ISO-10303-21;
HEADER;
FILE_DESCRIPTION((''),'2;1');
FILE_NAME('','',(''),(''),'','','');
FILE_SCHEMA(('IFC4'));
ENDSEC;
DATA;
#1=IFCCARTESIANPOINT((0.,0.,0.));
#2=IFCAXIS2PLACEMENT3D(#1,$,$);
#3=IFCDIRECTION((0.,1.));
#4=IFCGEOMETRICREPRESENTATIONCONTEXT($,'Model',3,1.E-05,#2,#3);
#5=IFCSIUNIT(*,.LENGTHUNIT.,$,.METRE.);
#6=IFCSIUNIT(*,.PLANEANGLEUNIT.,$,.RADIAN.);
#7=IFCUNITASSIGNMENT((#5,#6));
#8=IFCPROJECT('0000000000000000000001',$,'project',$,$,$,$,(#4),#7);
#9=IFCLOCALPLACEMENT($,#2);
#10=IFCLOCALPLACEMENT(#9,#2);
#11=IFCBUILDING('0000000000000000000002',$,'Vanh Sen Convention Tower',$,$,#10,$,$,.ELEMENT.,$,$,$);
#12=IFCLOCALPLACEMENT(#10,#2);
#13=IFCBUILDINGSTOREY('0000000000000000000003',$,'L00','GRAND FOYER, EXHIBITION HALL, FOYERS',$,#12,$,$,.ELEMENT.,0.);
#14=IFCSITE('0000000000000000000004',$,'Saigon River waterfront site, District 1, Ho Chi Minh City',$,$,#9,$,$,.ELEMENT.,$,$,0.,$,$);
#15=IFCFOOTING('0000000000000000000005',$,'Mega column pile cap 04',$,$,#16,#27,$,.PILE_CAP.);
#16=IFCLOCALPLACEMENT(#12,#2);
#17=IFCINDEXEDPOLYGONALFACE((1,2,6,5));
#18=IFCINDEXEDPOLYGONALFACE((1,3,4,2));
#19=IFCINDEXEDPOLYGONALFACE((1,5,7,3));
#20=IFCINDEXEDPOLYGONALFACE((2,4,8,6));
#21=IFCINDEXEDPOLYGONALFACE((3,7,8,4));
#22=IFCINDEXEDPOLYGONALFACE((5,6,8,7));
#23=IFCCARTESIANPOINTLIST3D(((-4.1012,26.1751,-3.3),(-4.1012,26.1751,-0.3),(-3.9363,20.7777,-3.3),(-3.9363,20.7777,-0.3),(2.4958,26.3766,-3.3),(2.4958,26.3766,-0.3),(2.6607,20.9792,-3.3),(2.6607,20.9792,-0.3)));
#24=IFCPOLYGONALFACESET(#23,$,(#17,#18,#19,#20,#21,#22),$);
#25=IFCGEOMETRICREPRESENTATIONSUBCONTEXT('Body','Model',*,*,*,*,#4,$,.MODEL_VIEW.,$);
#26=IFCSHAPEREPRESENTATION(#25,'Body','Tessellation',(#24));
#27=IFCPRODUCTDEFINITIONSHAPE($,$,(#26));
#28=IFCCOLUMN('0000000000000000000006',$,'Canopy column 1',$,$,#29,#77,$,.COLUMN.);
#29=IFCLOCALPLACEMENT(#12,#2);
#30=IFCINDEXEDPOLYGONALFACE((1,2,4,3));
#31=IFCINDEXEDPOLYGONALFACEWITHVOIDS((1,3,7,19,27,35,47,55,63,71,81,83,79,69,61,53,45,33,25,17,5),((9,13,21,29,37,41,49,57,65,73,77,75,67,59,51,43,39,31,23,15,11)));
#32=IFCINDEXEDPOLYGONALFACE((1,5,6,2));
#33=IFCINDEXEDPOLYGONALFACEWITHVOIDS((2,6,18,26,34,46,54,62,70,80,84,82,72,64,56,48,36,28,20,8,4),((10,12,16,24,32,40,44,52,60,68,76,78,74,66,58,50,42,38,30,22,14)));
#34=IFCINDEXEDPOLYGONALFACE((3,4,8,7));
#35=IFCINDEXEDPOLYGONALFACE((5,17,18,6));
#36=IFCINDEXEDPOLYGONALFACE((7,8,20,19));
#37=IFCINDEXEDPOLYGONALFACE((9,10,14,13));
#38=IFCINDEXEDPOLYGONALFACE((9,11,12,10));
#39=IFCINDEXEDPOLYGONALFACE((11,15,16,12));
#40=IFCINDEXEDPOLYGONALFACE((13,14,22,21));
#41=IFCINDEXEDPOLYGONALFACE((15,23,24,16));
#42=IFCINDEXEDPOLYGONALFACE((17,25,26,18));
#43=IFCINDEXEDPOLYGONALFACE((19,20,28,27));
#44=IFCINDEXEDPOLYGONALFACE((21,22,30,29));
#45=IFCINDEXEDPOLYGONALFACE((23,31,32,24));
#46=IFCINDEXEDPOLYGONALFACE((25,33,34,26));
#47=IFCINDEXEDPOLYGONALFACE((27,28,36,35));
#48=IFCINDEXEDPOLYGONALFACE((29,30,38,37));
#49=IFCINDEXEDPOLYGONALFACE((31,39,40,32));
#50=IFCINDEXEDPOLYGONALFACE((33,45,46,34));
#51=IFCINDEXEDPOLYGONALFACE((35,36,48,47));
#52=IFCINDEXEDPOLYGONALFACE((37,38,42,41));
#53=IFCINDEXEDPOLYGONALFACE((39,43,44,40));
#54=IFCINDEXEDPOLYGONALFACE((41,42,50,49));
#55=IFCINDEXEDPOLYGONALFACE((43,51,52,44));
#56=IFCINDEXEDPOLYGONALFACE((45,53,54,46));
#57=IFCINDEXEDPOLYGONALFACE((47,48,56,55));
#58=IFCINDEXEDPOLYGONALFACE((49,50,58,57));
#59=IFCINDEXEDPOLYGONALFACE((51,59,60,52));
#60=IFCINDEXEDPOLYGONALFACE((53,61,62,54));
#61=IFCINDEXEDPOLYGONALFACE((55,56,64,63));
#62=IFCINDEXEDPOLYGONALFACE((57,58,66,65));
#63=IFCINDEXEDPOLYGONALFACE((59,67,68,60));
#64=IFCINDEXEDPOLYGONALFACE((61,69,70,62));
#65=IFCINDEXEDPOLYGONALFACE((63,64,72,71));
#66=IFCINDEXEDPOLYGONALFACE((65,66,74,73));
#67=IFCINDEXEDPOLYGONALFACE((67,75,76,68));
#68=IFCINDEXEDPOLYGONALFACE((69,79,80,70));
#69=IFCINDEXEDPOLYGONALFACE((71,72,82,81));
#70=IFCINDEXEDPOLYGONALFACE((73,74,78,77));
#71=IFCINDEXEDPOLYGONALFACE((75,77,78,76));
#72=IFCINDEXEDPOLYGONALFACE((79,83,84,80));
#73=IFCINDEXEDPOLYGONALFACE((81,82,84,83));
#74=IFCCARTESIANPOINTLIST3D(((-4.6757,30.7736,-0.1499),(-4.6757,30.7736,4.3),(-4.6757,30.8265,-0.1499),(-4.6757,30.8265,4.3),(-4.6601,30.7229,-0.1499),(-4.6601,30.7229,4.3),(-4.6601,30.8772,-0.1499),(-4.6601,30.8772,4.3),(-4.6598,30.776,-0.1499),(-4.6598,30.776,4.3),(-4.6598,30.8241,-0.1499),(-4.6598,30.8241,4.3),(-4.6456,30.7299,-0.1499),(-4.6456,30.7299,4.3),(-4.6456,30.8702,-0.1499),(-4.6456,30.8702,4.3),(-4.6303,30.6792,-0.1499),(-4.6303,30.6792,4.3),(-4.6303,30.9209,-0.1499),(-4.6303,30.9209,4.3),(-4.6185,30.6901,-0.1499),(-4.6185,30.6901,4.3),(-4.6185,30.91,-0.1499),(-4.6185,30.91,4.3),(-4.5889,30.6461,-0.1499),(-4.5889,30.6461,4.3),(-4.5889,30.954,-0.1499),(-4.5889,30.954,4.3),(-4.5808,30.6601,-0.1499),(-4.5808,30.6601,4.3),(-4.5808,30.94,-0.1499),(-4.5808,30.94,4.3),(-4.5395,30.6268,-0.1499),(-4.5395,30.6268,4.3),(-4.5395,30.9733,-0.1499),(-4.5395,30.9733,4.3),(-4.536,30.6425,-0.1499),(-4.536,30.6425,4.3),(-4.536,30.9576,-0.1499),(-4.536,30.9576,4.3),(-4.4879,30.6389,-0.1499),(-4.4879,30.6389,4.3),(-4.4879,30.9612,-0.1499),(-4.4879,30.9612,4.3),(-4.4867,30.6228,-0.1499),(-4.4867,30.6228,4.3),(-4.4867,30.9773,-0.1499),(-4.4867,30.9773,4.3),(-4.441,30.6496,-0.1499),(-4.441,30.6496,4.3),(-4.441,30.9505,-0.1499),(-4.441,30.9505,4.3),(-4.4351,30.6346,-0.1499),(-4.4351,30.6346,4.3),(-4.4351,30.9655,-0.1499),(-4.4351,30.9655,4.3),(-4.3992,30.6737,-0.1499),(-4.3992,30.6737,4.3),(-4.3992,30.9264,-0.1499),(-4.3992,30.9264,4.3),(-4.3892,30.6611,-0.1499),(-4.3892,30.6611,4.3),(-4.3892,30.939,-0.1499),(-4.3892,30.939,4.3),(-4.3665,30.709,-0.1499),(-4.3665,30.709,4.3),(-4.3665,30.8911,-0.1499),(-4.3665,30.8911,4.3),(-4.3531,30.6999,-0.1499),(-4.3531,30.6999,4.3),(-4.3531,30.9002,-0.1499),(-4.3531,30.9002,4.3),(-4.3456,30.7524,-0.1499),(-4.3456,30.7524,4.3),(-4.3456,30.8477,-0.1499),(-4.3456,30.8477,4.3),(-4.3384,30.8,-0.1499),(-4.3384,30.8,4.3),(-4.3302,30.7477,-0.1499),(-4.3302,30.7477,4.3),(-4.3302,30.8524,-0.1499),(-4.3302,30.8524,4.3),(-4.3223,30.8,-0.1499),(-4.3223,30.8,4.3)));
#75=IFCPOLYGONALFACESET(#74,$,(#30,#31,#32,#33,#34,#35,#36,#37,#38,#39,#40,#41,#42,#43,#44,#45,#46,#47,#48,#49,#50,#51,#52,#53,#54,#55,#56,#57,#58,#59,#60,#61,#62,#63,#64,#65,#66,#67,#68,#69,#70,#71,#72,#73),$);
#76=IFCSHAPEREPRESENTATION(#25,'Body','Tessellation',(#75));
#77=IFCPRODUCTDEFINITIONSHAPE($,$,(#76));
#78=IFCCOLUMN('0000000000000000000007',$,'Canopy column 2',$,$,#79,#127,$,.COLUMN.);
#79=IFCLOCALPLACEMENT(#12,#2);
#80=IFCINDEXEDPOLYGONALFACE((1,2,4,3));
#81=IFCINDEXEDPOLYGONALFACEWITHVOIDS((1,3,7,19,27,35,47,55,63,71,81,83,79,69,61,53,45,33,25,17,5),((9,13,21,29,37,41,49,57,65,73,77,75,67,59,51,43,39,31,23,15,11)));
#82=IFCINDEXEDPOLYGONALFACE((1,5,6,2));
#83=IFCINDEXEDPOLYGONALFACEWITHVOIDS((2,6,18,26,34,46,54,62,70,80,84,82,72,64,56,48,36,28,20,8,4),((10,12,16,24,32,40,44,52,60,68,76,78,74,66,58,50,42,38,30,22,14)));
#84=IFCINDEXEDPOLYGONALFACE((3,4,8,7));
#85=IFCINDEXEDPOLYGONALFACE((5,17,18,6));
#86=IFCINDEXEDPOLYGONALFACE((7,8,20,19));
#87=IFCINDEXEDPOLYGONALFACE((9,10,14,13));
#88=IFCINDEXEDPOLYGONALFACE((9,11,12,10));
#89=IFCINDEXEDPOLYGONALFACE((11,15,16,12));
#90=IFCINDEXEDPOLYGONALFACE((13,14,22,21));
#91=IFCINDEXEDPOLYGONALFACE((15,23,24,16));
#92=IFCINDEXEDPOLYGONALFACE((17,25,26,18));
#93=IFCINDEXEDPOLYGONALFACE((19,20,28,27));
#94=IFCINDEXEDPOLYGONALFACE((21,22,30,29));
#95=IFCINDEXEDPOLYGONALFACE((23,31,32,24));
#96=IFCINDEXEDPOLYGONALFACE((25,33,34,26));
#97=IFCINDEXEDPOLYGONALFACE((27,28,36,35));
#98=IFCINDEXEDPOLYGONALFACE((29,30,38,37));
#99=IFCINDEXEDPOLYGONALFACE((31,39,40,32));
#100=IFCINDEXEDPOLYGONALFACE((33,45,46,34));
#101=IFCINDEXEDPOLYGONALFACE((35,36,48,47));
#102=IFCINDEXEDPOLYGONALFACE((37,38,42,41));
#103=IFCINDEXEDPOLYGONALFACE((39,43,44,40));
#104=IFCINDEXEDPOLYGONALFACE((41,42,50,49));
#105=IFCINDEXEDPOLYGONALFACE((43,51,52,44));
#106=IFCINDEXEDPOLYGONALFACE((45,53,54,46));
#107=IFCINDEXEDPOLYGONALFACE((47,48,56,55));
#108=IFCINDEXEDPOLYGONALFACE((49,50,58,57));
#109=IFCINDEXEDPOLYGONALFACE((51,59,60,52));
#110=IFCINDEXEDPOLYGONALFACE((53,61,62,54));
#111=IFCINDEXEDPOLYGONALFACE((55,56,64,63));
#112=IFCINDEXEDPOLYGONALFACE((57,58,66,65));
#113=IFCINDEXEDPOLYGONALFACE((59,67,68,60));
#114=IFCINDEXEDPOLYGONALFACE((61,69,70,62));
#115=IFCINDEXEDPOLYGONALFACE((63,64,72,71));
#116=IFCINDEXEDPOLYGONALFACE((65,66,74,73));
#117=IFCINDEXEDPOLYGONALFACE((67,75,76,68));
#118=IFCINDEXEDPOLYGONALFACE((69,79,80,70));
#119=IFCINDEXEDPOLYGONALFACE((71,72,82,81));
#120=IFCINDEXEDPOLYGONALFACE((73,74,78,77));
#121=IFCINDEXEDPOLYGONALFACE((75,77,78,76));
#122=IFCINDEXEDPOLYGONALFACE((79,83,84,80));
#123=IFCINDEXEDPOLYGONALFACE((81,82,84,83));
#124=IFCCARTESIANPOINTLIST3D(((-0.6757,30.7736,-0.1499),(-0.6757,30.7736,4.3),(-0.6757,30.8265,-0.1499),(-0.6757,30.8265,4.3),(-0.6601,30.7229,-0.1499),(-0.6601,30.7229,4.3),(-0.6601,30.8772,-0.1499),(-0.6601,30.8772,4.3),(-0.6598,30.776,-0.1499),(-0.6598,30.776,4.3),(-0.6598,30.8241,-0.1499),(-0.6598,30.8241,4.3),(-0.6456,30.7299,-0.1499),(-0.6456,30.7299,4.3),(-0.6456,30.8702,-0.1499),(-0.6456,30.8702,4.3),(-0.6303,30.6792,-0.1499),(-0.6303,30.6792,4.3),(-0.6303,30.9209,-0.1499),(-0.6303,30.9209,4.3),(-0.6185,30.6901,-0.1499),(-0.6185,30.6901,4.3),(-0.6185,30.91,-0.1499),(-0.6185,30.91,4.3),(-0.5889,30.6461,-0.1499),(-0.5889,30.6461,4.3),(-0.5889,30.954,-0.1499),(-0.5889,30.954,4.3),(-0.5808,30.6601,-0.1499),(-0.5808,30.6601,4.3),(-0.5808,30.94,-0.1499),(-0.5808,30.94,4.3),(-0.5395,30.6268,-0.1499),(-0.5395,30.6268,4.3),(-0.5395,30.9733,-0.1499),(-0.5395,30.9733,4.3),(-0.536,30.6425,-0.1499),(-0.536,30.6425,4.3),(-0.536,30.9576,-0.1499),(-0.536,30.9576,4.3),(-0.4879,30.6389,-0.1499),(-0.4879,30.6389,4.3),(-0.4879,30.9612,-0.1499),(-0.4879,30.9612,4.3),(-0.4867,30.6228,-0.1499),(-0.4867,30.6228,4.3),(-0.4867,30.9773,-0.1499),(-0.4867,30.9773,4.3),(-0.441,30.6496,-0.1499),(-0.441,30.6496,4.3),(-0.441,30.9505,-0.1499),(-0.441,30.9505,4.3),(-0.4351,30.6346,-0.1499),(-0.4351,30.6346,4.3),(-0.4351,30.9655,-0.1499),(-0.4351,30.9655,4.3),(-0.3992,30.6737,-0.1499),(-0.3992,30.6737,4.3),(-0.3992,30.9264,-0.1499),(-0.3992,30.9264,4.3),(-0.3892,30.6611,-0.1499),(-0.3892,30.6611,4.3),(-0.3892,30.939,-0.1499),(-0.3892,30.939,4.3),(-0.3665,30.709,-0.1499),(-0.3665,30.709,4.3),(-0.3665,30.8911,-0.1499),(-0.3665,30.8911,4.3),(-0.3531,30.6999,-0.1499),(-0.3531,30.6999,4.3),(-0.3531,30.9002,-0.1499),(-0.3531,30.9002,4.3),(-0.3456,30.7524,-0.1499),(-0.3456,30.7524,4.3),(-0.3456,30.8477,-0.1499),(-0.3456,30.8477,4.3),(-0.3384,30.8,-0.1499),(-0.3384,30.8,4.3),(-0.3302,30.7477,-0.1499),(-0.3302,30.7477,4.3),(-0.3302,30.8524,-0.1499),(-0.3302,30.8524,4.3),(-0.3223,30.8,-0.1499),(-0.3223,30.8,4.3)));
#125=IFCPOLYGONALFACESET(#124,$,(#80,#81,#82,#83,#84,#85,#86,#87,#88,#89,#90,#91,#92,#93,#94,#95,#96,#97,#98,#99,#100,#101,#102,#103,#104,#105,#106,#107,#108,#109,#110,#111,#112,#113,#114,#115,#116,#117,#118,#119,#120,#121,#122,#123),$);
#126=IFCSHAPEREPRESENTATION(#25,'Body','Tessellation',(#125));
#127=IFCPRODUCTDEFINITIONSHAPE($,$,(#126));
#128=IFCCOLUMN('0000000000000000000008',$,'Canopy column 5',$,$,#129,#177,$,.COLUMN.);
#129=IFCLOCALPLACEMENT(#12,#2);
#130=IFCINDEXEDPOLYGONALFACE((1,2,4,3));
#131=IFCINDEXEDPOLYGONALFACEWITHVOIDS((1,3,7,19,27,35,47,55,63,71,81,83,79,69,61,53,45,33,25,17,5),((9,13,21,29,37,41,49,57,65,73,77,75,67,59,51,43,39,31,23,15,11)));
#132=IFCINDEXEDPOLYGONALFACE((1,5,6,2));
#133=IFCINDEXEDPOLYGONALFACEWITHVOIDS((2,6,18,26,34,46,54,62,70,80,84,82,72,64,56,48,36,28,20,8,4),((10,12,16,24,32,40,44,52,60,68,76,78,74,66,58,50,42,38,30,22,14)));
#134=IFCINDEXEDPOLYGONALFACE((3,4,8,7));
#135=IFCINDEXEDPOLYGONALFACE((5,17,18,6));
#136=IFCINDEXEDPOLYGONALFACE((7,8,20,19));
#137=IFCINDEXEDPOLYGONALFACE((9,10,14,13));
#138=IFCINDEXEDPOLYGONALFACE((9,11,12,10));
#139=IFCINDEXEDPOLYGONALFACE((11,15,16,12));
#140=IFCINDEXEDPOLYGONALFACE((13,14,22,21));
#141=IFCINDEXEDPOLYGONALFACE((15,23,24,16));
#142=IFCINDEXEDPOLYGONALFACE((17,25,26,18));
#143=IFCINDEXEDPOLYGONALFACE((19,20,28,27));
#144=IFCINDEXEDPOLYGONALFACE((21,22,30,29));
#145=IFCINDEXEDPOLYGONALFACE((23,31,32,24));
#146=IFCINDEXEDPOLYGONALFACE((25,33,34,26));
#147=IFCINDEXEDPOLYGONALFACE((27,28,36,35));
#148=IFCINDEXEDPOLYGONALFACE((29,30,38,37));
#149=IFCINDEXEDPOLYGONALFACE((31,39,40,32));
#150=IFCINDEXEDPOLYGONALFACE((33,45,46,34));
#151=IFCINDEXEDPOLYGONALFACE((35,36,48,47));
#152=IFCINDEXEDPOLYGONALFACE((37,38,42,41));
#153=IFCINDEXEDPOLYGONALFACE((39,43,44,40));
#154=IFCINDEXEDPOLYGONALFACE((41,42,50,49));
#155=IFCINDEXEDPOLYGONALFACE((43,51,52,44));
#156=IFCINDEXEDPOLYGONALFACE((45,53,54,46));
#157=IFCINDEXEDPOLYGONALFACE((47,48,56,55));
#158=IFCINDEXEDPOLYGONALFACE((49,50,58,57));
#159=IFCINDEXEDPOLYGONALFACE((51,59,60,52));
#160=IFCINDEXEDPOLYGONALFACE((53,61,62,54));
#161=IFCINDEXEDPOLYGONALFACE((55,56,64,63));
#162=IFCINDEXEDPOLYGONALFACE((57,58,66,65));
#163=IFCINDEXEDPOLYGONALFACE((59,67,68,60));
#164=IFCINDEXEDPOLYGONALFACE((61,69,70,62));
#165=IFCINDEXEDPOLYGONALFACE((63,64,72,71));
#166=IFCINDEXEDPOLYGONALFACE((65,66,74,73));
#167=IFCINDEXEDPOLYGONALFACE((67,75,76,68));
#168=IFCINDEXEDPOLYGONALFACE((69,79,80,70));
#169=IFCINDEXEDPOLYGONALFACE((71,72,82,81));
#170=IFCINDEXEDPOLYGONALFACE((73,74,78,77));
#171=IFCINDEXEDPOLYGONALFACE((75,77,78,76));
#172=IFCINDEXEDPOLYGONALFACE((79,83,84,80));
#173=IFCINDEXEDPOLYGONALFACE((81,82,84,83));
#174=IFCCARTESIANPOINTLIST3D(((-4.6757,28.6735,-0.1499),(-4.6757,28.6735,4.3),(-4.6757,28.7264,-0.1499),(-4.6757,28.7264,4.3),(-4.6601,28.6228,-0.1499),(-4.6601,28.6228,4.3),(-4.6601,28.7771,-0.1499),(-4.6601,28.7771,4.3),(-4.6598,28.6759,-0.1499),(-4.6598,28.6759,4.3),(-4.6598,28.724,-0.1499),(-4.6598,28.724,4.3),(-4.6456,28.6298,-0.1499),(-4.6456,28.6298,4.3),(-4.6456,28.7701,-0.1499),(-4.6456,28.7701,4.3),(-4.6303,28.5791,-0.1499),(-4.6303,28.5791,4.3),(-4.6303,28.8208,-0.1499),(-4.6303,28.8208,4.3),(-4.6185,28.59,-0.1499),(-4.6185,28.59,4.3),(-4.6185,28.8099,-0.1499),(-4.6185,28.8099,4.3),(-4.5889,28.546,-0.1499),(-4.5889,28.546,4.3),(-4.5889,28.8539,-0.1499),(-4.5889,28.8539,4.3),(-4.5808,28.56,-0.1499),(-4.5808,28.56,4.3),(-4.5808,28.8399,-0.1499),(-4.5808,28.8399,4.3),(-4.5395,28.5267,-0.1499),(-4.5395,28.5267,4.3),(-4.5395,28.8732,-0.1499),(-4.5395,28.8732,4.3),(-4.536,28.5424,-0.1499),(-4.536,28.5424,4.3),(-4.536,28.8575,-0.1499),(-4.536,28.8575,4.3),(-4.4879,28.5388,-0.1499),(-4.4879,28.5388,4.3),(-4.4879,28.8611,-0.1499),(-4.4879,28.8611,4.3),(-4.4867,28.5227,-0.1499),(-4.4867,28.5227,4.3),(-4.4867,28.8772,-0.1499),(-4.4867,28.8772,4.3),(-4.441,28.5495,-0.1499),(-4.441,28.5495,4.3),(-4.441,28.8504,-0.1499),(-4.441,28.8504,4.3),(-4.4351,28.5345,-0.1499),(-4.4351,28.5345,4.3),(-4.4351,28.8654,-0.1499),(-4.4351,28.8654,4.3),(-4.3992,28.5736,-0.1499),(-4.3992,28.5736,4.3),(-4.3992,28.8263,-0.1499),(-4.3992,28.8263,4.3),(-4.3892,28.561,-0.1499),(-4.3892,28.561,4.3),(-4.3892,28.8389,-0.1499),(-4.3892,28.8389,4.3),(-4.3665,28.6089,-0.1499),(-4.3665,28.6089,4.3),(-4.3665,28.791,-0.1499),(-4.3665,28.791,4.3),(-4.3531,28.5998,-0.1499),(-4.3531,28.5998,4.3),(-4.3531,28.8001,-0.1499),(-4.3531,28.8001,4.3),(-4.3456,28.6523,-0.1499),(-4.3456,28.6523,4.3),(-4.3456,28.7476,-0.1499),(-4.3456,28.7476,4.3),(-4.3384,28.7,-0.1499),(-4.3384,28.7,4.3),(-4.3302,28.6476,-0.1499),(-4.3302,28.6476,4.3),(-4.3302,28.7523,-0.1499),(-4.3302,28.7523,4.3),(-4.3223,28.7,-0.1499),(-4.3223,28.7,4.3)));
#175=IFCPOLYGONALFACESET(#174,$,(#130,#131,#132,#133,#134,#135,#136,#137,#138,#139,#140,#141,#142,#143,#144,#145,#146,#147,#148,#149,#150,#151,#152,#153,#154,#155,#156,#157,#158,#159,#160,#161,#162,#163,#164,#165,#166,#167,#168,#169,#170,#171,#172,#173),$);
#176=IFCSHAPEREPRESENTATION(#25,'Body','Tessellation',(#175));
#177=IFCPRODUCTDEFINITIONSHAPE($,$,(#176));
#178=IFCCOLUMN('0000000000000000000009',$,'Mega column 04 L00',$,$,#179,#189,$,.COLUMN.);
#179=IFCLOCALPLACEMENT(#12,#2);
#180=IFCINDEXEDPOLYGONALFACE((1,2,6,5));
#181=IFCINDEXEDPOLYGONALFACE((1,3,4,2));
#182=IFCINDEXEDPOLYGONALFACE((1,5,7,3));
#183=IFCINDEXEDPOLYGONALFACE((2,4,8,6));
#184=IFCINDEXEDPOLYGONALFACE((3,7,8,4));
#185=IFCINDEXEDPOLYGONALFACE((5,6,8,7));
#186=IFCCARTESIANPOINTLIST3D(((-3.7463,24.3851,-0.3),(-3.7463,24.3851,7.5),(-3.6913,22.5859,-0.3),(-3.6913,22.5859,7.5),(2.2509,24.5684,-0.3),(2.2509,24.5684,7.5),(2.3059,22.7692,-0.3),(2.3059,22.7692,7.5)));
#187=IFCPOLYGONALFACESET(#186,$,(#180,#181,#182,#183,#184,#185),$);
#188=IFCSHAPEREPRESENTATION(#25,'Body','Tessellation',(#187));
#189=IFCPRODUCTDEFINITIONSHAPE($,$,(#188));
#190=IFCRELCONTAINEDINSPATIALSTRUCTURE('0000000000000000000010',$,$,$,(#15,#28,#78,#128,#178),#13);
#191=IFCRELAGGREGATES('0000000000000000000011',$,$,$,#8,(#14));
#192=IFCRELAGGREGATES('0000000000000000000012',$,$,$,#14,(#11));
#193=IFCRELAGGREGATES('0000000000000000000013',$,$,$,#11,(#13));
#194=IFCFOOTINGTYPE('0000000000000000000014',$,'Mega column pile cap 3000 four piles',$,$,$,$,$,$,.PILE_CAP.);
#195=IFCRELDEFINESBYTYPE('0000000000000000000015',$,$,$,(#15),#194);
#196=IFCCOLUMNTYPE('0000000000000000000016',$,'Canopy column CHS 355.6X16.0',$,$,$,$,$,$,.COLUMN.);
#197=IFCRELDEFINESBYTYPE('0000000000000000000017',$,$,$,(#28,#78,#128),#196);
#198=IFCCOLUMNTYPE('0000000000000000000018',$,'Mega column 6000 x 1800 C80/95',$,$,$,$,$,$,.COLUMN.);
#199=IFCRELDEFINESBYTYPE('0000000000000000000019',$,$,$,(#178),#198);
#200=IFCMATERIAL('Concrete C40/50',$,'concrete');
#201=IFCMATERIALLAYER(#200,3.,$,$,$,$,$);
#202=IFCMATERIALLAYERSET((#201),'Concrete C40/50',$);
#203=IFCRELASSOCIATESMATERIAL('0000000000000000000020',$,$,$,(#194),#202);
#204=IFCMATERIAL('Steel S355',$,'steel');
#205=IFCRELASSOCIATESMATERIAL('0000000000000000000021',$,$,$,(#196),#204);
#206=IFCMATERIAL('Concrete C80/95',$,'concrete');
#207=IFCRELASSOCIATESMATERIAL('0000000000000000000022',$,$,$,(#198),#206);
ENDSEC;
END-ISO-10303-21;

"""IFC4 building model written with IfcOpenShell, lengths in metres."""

from ifc_helpers import new_model, si_unit, direction, frame, origin, origin_2d, place, context, subcontext, project, spatial, rectangle, hollow_circle, extrude, material, layer, layer_set, material_profile, profile_set, type_object, element, save


model = new_model("IFC4")

# Units and contexts
model_context = context("Model", 3, precision=1e-05, world=origin(), true_north=direction((0.0, 1.0)))
body_context = subcontext(model_context, "Body", "Model", "MODEL_VIEW")
ifc_project = project(units=[si_unit("LENGTHUNIT", "METRE"), si_unit("PLANEANGLEUNIT", "RADIAN")], contexts=[model_context])

# Site, building, storey
site_placement = place(None, origin())
site = spatial("IfcSite", under=ifc_project, at=site_placement, Name="Saigon River waterfront site, District 1, Ho Chi Minh City", CompositionType="ELEMENT", RefElevation=0.0)
building_placement = place(site_placement, origin())
building = spatial("IfcBuilding", under=site, at=building_placement, Name="Vanh Sen Convention Tower", CompositionType="ELEMENT")
storey_placement = place(building_placement, origin())
storey = spatial("IfcBuildingStorey", under=building, at=storey_placement, Name="L00", Description="GRAND FOYER, EXHIBITION HALL, FOYERS", CompositionType="ELEMENT", Elevation=0.0)

# Shared definitions
ifc_material_1 = material(Name="Concrete C40/50", Category="concrete")

# Footing
ifc_layer_1 = layer(ifc_material_1, 3.0)
ifc_layer_set_1 = layer_set([ifc_layer_1], Name="Concrete C40/50")
footing_type_1 = type_object("IfcFootingType", Name="Mega column pile cap 3000 four piles", PredefinedType="PILE_CAP", material=ifc_layer_set_1)
footing_placement = place(storey_placement, frame((-0.7202, 23.5771, -3.3), z_axis=(0.0, 0.0, 1.0), x_axis=(-0.999534, -0.030537, 0.0)))
element("IfcFooting", 1, at=footing_placement, inside=storey, type_object=footing_type_1, Name="Mega column pile cap 04", PredefinedType="PILE_CAP", context=body_context, shape_type="SweptSolid", body=[
    extrude(rectangle(XDim=6.6001, YDim=5.3999, at=origin_2d()), origin(), (0.0, 0.0, 1.0), 3.0),
])

# Columns
ifc_material_2 = material(Name="Steel S355", Category="steel")
ifc_material_profile_1 = material_profile(ifc_material_2, hollow_circle(Radius=0.1777, WallThickness=0.0161, at=origin_2d()), Name="CHS 355.6X16.0")
ifc_profile_set_1 = profile_set([ifc_material_profile_1], Name="Steel S355")
column_type_1 = type_object("IfcColumnType", Name="Canopy column CHS 355.6X16.0", PredefinedType="COLUMN", material=ifc_profile_set_1)
for number, where, z_axis, x_axis, name in (
    (2, (-4.5, 30.8, -0.1499), (0.0, 0.0, 1.0), (1.0, 0.0, 0.0), "Canopy column 1"),
    (3, (-0.5, 30.8, -0.1499), (0.0, 0.0, 1.0), (1.0, 0.0, 0.0), "Canopy column 2"),
    (4, (-4.5, 28.7, -0.1499), (0.0, 0.0, 1.0), (1.0, 0.0, 0.0), "Canopy column 5"),
):
    element("IfcColumn", number, at=place(storey_placement, frame(where, z_axis=z_axis, x_axis=x_axis)), inside=storey, type_object=column_type_1, Name=name, PredefinedType="COLUMN", context=body_context, shape_type="SweptSolid", body=[
        extrude(hollow_circle(Radius=0.1777, WallThickness=0.0161, at=origin_2d()), origin(), (0.0, 0.0, 1.0), 4.45),
    ])
ifc_material_3 = material(Name="Concrete C80/95", Category="concrete")
ifc_material_profile_2 = material_profile(ifc_material_3, rectangle(XDim=6.0, YDim=1.8, at=origin_2d()), Name="RC 6000X1800")
ifc_profile_set_2 = profile_set([ifc_material_profile_2], Name="Concrete C80/95")
column_type_2 = type_object("IfcColumnType", Name="Mega column 6000 x 1800 C80/95", PredefinedType="COLUMN", material=ifc_profile_set_2)
column_placement = place(storey_placement, frame((-0.7202, 23.5771, -0.3), z_axis=(0.0, 0.0, 1.0), x_axis=(-0.999534, -0.030537, 0.0)))
element("IfcColumn", 5, at=column_placement, inside=storey, type_object=column_type_2, Name="Mega column 04 L00", PredefinedType="COLUMN", context=body_context, shape_type="SweptSolid", body=[
    extrude(rectangle(XDim=6.0, YDim=1.8, at=origin_2d()), origin(), (0.0, 0.0, 1.0), 7.8),
])

save(model, "model.ifc")
